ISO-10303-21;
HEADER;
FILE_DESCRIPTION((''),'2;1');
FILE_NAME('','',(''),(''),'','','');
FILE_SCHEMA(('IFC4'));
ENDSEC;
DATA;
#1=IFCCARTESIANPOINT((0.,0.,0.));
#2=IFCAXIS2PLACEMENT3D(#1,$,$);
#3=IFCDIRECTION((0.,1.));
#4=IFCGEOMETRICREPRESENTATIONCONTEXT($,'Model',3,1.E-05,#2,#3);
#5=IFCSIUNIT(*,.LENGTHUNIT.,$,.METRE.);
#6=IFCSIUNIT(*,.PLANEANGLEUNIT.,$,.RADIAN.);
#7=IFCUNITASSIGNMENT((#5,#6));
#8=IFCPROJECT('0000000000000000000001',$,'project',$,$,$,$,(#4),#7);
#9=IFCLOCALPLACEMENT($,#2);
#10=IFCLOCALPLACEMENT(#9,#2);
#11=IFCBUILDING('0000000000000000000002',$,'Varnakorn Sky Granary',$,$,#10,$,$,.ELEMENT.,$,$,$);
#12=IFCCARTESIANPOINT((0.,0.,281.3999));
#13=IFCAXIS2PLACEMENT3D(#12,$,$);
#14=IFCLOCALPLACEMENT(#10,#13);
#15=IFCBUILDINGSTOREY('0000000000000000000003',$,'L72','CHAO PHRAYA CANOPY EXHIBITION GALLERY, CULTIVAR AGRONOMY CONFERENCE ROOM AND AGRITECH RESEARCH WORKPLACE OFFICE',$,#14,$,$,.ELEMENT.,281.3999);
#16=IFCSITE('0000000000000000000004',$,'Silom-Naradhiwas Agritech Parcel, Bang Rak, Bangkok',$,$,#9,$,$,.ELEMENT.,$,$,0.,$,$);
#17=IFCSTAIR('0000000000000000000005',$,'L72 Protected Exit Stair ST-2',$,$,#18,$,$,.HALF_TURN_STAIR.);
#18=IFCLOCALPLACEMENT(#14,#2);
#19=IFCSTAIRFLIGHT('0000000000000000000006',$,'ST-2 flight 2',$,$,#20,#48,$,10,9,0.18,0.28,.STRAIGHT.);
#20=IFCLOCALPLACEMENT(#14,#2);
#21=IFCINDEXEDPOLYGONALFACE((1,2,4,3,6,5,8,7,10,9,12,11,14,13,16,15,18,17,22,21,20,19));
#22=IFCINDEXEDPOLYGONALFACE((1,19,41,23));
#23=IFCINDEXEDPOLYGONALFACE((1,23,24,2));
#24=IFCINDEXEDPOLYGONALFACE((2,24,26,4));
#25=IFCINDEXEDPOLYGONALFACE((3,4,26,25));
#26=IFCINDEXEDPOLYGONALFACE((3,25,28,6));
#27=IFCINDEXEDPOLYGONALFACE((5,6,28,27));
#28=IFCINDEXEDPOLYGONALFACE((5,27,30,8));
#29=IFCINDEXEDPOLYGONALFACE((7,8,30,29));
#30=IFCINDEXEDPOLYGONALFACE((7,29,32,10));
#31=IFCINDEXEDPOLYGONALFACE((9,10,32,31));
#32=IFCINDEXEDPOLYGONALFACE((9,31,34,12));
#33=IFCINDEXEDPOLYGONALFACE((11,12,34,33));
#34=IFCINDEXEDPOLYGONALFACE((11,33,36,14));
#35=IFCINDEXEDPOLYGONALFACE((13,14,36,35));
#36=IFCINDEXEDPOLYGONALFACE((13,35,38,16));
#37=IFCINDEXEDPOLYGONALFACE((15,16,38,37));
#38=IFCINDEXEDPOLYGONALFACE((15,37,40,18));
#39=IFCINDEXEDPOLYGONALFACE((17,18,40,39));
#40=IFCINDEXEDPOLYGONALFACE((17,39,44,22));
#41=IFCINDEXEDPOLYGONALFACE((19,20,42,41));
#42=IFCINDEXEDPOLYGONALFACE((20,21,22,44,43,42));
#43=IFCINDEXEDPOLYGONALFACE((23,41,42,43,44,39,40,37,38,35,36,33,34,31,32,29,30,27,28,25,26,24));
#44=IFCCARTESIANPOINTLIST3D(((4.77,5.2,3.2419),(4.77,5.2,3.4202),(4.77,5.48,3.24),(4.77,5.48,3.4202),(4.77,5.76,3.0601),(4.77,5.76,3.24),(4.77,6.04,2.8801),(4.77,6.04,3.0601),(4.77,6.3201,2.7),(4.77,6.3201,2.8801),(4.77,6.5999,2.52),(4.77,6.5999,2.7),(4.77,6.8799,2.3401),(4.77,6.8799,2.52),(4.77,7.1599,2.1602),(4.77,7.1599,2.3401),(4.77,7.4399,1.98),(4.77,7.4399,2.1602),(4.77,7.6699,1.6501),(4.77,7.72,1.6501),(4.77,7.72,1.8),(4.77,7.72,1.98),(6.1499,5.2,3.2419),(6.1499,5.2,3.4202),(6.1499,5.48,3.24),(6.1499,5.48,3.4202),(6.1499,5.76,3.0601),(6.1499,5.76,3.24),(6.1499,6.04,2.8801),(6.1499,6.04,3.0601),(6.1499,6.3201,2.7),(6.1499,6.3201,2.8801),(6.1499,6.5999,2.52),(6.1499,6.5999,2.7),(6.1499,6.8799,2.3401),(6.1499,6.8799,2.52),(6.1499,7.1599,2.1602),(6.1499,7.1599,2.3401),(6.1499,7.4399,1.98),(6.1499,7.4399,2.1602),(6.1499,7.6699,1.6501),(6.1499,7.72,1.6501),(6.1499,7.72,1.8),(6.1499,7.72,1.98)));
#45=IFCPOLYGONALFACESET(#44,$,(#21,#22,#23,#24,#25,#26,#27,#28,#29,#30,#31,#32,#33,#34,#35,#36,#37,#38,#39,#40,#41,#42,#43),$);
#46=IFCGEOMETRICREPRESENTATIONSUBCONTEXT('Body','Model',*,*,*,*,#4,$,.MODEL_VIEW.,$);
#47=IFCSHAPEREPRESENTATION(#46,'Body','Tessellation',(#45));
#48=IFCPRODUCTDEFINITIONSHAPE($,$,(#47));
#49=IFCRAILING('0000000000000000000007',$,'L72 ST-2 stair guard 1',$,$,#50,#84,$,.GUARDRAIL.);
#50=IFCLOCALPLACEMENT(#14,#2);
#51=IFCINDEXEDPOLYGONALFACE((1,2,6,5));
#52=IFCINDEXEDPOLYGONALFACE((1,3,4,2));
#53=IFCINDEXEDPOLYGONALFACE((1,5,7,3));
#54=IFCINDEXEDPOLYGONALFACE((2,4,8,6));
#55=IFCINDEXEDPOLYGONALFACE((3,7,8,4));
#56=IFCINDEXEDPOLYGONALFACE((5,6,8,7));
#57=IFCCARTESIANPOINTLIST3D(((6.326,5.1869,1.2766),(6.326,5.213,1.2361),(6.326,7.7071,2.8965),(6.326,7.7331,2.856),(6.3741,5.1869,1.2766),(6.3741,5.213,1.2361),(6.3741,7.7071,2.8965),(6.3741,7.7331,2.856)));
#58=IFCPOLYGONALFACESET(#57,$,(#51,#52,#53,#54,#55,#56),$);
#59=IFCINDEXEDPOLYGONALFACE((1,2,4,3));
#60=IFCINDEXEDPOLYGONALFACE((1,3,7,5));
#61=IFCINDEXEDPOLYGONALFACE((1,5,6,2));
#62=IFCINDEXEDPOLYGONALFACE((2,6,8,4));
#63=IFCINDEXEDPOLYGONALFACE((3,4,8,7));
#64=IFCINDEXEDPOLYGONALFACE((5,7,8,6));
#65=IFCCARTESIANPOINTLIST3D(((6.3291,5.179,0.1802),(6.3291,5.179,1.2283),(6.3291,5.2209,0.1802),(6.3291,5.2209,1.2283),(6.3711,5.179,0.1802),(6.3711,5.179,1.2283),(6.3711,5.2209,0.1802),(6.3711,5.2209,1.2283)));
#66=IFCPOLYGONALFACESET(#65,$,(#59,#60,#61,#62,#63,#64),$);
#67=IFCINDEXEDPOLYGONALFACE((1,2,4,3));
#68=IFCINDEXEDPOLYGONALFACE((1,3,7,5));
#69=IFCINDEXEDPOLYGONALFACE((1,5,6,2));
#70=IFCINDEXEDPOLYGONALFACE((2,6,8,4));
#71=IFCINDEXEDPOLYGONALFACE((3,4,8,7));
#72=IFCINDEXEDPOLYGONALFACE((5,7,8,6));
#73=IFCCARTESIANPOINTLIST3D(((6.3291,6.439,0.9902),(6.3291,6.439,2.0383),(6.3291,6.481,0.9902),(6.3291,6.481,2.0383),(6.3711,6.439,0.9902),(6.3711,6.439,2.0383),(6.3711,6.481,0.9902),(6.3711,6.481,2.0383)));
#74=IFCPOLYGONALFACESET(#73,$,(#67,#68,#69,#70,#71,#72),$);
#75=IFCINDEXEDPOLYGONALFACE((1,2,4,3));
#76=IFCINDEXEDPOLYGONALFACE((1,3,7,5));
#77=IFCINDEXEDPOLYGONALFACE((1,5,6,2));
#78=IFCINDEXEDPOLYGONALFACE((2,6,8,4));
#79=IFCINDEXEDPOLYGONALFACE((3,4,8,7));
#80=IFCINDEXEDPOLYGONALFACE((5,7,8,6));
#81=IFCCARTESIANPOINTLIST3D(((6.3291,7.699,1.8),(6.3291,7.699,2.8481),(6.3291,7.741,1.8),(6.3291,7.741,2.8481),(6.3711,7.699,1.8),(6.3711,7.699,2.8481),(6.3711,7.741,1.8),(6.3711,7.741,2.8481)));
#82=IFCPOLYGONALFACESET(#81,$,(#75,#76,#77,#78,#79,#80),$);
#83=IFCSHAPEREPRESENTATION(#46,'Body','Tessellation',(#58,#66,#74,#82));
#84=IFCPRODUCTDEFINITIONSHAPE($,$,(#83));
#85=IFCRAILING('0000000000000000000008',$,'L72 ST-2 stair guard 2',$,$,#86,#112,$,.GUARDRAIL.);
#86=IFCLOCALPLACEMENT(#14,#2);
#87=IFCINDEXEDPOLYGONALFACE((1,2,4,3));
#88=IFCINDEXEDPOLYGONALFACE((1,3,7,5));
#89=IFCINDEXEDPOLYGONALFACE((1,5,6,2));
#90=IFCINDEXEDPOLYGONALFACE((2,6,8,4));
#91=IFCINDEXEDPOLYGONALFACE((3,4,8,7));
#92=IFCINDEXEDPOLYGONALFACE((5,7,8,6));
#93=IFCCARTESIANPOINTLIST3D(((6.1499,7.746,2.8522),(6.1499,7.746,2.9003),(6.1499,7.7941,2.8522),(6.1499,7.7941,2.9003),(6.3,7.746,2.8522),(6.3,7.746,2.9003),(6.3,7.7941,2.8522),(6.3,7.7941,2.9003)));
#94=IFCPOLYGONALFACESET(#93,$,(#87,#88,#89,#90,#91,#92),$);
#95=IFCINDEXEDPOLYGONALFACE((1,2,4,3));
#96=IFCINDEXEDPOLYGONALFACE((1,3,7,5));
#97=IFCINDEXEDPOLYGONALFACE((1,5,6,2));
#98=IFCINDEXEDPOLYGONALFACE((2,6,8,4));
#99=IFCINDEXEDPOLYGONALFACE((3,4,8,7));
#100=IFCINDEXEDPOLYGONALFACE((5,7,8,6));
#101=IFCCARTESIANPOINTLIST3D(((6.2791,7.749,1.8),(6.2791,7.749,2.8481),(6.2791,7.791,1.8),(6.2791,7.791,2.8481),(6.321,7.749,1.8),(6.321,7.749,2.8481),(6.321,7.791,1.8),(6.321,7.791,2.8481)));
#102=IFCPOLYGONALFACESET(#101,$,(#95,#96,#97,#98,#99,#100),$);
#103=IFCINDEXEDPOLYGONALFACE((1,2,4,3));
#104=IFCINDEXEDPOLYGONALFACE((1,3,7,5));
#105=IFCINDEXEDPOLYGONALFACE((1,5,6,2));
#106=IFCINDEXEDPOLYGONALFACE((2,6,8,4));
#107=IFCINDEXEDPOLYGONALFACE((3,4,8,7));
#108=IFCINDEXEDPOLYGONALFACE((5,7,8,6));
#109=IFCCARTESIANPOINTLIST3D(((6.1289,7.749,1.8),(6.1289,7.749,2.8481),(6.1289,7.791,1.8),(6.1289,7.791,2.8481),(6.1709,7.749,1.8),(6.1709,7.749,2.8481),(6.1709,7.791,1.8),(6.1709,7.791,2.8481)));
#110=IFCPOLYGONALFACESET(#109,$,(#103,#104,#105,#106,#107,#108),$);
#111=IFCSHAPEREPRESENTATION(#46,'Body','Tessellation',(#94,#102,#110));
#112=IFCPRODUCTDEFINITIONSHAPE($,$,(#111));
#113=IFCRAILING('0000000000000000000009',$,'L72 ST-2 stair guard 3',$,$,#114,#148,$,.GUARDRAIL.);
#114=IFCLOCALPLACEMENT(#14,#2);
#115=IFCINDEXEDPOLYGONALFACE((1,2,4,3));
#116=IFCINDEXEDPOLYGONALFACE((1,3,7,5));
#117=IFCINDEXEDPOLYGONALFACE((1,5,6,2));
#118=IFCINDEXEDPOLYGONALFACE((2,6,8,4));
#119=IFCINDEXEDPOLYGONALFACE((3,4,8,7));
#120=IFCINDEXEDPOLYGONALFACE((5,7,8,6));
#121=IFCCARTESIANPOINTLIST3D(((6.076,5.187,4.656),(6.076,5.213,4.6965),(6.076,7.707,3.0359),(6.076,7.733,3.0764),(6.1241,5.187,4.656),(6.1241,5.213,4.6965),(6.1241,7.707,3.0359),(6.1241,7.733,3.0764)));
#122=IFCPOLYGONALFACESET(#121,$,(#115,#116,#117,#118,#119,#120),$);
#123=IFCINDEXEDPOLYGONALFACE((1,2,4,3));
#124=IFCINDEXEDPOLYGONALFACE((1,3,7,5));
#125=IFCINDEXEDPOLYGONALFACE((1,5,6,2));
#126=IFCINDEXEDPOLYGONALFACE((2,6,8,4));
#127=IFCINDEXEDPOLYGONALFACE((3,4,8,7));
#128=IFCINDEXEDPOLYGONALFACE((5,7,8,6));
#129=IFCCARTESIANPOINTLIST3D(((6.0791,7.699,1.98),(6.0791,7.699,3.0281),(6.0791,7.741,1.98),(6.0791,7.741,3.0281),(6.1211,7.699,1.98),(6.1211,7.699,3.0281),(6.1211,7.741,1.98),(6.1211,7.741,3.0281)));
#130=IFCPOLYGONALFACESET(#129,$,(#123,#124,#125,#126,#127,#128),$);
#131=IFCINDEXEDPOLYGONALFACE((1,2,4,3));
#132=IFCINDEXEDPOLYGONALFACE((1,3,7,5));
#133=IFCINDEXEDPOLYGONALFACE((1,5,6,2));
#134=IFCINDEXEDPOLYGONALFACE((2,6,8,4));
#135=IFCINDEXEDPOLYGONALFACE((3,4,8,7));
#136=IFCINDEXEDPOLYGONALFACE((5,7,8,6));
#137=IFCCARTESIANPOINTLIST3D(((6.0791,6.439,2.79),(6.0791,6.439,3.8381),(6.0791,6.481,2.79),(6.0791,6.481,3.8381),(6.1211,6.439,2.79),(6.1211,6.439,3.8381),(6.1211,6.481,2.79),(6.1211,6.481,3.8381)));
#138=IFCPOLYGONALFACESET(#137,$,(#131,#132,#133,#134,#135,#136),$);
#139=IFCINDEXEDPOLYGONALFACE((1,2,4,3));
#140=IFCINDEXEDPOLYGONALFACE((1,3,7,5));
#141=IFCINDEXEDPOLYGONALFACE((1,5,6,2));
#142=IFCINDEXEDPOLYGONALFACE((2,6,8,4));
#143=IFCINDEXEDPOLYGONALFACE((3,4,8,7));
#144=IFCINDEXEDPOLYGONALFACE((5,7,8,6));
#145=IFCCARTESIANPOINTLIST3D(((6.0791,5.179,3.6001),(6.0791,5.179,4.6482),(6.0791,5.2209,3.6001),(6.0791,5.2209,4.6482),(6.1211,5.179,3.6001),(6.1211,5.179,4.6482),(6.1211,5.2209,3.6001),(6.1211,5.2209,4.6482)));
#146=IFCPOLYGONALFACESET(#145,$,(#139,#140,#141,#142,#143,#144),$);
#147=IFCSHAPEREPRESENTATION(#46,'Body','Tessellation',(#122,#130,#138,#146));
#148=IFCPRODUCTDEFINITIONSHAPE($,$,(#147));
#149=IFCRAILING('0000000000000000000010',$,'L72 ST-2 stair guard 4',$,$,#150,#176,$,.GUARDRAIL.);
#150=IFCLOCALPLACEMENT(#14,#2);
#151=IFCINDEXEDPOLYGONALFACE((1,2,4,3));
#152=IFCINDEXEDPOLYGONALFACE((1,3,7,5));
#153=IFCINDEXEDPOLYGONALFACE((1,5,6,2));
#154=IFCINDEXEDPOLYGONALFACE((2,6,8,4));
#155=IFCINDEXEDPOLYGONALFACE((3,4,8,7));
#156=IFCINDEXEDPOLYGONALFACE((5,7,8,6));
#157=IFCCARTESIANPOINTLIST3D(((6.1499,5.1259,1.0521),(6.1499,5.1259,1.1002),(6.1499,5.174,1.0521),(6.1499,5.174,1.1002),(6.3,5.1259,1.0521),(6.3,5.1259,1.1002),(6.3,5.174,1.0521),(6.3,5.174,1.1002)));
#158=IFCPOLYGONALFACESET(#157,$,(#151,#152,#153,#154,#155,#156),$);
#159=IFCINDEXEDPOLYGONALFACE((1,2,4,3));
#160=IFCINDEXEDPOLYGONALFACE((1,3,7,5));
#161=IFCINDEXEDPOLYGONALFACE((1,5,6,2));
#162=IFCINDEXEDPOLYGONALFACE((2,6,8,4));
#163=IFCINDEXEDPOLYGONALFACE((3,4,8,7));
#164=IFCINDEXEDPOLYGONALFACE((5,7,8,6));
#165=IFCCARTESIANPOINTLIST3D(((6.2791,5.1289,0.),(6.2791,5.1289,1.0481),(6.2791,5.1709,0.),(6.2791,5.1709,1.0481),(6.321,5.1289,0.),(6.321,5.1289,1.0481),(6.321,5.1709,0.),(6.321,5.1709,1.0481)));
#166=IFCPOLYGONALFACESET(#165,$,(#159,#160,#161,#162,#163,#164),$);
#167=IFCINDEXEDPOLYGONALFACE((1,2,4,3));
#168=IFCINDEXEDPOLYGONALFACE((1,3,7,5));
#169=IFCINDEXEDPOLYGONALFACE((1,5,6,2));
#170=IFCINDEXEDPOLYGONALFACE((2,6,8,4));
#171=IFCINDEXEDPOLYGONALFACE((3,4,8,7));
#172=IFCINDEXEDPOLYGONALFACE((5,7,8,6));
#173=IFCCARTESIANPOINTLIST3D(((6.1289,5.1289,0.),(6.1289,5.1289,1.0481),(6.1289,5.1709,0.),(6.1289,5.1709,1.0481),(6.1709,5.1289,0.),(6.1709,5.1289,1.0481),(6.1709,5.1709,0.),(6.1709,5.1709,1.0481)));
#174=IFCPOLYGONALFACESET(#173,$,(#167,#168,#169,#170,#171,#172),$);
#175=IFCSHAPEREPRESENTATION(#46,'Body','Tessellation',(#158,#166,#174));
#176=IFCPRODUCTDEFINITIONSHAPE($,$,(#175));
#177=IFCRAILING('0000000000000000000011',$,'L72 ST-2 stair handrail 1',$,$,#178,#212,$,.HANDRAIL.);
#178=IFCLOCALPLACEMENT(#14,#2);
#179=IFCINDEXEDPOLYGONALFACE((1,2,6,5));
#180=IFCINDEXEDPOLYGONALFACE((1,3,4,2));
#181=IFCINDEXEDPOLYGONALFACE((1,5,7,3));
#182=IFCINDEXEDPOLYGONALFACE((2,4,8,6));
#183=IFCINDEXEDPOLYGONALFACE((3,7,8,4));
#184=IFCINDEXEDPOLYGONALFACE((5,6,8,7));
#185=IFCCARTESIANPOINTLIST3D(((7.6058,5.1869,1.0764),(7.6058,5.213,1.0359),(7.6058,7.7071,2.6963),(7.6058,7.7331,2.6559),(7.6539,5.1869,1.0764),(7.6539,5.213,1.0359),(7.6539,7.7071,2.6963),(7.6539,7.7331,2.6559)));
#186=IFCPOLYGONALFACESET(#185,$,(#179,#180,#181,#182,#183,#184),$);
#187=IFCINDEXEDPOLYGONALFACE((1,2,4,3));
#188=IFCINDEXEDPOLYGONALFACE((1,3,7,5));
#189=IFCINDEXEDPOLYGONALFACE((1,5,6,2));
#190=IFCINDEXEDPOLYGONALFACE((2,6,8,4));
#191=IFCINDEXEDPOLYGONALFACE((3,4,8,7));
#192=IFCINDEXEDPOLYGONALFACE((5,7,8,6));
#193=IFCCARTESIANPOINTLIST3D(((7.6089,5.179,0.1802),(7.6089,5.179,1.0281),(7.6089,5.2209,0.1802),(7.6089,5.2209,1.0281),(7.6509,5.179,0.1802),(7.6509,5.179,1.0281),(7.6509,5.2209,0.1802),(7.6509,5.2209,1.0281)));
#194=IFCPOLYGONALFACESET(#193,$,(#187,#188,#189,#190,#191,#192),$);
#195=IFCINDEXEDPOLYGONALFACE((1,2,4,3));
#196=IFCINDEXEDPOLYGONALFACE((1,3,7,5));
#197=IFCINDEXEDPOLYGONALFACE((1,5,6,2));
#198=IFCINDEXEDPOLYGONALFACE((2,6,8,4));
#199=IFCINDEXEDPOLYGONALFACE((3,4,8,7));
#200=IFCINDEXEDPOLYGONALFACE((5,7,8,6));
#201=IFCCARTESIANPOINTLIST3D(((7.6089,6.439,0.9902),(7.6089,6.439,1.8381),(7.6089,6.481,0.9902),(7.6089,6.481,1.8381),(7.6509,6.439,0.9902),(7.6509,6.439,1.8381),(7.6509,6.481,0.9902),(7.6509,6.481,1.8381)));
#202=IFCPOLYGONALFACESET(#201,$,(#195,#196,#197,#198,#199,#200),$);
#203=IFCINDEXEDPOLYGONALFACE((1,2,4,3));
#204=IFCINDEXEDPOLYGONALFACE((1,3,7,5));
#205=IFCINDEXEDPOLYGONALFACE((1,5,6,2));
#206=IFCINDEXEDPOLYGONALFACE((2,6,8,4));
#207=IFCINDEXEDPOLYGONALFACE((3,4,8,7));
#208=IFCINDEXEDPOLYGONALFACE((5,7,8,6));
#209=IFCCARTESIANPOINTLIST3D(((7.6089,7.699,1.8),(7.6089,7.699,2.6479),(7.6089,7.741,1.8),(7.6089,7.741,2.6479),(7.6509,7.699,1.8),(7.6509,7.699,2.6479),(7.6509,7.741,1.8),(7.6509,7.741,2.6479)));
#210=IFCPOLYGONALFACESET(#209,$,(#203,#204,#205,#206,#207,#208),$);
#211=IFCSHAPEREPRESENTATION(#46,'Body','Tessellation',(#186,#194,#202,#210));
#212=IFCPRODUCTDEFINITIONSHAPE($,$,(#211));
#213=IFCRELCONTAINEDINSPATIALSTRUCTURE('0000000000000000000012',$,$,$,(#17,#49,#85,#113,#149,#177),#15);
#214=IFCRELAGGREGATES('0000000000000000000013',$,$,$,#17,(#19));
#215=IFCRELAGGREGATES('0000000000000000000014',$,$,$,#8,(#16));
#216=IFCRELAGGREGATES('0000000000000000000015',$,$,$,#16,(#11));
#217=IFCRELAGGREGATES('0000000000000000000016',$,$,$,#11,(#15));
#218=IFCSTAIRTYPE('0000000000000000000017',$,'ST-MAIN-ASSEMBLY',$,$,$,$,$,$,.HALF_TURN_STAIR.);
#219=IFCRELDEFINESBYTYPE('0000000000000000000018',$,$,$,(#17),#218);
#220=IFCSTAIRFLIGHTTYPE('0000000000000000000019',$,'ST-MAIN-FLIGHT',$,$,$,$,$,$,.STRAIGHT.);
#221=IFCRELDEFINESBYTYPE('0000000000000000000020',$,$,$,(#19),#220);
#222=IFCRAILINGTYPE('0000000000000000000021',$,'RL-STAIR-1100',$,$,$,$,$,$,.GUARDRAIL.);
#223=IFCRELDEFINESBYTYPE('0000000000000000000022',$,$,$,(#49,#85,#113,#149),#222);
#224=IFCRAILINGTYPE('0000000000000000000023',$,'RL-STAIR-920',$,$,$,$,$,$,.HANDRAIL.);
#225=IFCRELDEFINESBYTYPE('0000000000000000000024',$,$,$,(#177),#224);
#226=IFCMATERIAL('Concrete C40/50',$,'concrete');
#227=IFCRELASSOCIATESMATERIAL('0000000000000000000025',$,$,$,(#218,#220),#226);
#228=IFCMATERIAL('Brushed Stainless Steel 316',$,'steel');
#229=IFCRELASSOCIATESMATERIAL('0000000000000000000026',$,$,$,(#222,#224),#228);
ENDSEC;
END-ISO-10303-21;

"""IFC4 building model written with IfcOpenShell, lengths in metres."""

from ifc_helpers import new_model, si_unit, direction, frame, origin, origin_2d, place, context, subcontext, project, spatial, polyline, rectangle, outline, extrude, material, type_object, element, aggregate, save


model = new_model("IFC4")

# Units and contexts
model_context = context("Model", 3, precision=1e-05, world=origin(), true_north=direction((0.0, 1.0)))
body_context = subcontext(model_context, "Body", "Model", "MODEL_VIEW")
ifc_project = project(units=[si_unit("LENGTHUNIT", "METRE"), si_unit("PLANEANGLEUNIT", "RADIAN")], contexts=[model_context])

# Site, building, storey
site_placement = place(None, origin())
site = spatial("IfcSite", under=ifc_project, at=site_placement, Name="Silom-Naradhiwas Agritech Parcel, Bang Rak, Bangkok", CompositionType="ELEMENT", RefElevation=0.0)
building_placement = place(site_placement, origin())
building = spatial("IfcBuilding", under=site, at=building_placement, Name="Varnakorn Sky Granary", CompositionType="ELEMENT")
storey_placement = place(building_placement, frame((0.0, 0.0, 281.3999)))
storey = spatial("IfcBuildingStorey", under=building, at=storey_placement, Name="L72", Description="CHAO PHRAYA CANOPY EXHIBITION GALLERY, CULTIVAR AGRONOMY CONFERENCE ROOM AND AGRITECH RESEARCH WORKPLACE OFFICE", CompositionType="ELEMENT", Elevation=281.3999)

# Stair, stair flight
ifc_material_1 = material(Name="Concrete C40/50", Category="concrete")
stair_type = type_object("IfcStairType", Name="ST-MAIN-ASSEMBLY", PredefinedType="HALF_TURN_STAIR", material=ifc_material_1)
stair_placement = place(storey_placement, origin())
stair = element("IfcStair", 1, at=stair_placement, inside=storey, type_object=stair_type, Name="L72 Protected Exit Stair ST-2", PredefinedType="HALF_TURN_STAIR")
stair_flight_type = type_object("IfcStairFlightType", Name="ST-MAIN-FLIGHT", PredefinedType="STRAIGHT", material=ifc_material_1)
stair_flight_1_placement = place(storey_placement, frame((5.46, 7.72, 1.8), z_axis=(0.0, 0.0, 1.0), x_axis=(0.0, -1.0, 0.0)))
stair_flight_1 = element("IfcStairFlight", 2, at=stair_flight_1_placement, type_object=stair_flight_type, Name="ST-2 flight 2", NumberOfRisers=10, NumberOfTreads=9, PredefinedType="STRAIGHT", RiserHeight=0.18, TreadLength=0.28, context=body_context, shape_type="SweptSolid", body=[
    extrude(outline(polyline([(0.0, -0.1499), (0.0, 0.0), (0.0, 0.1799), (0.28, 0.1799), (0.28, 0.3601), (0.5601, 0.3601), (0.5601, 0.54), (0.8401, 0.54), (0.8401, 0.72), (1.1201, 0.72), (1.1201, 0.8999), (1.3999, 0.8999), (1.3999, 1.0801), (1.6799, 1.0801), (1.6799, 1.26), (1.96, 1.26), (1.96, 1.4399), (2.24, 1.4399), (2.24, 1.6201), (2.52, 1.6201), (2.52, 1.8), (2.52, 1.4419), (0.05, -0.1499), (0.0, -0.1499)])), frame((0.0, 0.6899, 0.0), z_axis=(0.0, -1.0, 0.0), x_axis=(1.0, 0.0, 0.0)), (0.0, 0.0, 1.0), 1.3799),
])
aggregate(stair, [stair_flight_1])

# Railings
ifc_material_2 = material(Name="Brushed Stainless Steel 316", Category="steel")
railing_type_1 = type_object("IfcRailingType", Name="RL-STAIR-1100", PredefinedType="GUARDRAIL", material=ifc_material_2)
railing_1_placement = place(storey_placement, frame((6.3501, 5.2, 0.1802)))
element("IfcRailing", 3, at=railing_1_placement, inside=storey, type_object=railing_type_1, Name="L72 ST-2 stair guard 1", PredefinedType="GUARDRAIL", context=body_context, shape_type="SweptSolid", body=[
    extrude(rectangle(XDim=0.0481, YDim=0.0481, at=origin_2d()), frame((0.0, 0.0, 1.0762), z_axis=(0.0, 0.8412, 0.540725), x_axis=(-1.0, 0.0, 0.0)), (0.0, 0.0, 1.0), 2.9958),
    extrude(rectangle(XDim=0.042, YDim=0.042, at=origin_2d()), origin(), (0.0, 0.0, 1.0), 1.0481),
    extrude(rectangle(XDim=0.042, YDim=0.042, at=origin_2d()), frame((0.0, 1.26, 0.8101)), (0.0, 0.0, 1.0), 1.0481),
    extrude(rectangle(XDim=0.042, YDim=0.042, at=origin_2d()), frame((0.0, 2.52, 1.6199)), (0.0, 0.0, 1.0), 1.0481),
])
railing_2_placement = place(storey_placement, frame((6.3, 7.77, 1.8)))
element("IfcRailing", 4, at=railing_2_placement, inside=storey, type_object=railing_type_1, Name="L72 ST-2 stair guard 2", PredefinedType="GUARDRAIL", context=body_context, shape_type="SweptSolid", body=[
    extrude(rectangle(XDim=0.0481, YDim=0.0481, at=origin_2d()), frame((0.0, 0.0, 1.0762), z_axis=(-1.0, 0.0, 0.0), x_axis=(0.0, -1.0, 0.0)), (0.0, 0.0, 1.0), 0.1501),
    extrude(rectangle(XDim=0.042, YDim=0.042, at=origin_2d()), origin(), (0.0, 0.0, 1.0), 1.0481),
    extrude(rectangle(XDim=0.042, YDim=0.042, at=origin_2d()), frame((-0.1501, 0.0, 0.0)), (0.0, 0.0, 1.0), 1.0481),
])
railing_3_placement = place(storey_placement, frame((6.1001, 7.72, 1.98)))
element("IfcRailing", 5, at=railing_3_placement, inside=storey, type_object=railing_type_1, Name="L72 ST-2 stair guard 3", PredefinedType="GUARDRAIL", context=body_context, shape_type="SweptSolid", body=[
    extrude(rectangle(XDim=0.0481, YDim=0.0481, at=origin_2d()), frame((0.0, 0.0, 1.0762), z_axis=(0.0, -0.841163, 0.540782), x_axis=(1.0, 0.0, 0.0)), (0.0, 0.0, 1.0), 2.9958),
    extrude(rectangle(XDim=0.042, YDim=0.042, at=origin_2d()), origin(), (0.0, 0.0, 1.0), 1.0481),
    extrude(rectangle(XDim=0.042, YDim=0.042, at=origin_2d()), frame((0.0, -1.26, 0.8101)), (0.0, 0.0, 1.0), 1.0481),
    extrude(rectangle(XDim=0.042, YDim=0.042, at=origin_2d()), frame((0.0, -2.52, 1.6201)), (0.0, 0.0, 1.0), 1.0481),
])
railing_4_placement = place(storey_placement, frame((6.3, 5.1499, 0.0)))
element("IfcRailing", 6, at=railing_4_placement, inside=storey, type_object=railing_type_1, Name="L72 ST-2 stair guard 4", PredefinedType="GUARDRAIL", context=body_context, shape_type="SweptSolid", body=[
    extrude(rectangle(XDim=0.0481, YDim=0.0481, at=origin_2d()), frame((0.0, 0.0, 1.0762), z_axis=(-1.0, 0.0, 0.0), x_axis=(0.0, -1.0, 0.0)), (0.0, 0.0, 1.0), 0.1501),
    extrude(rectangle(XDim=0.042, YDim=0.042, at=origin_2d()), origin(), (0.0, 0.0, 1.0), 1.0481),
    extrude(rectangle(XDim=0.042, YDim=0.042, at=origin_2d()), frame((-0.1501, 0.0, 0.0)), (0.0, 0.0, 1.0), 1.0481),
])
railing_type_2 = type_object("IfcRailingType", Name="RL-STAIR-920", PredefinedType="HANDRAIL", material=ifc_material_2)
railing_5_placement = place(storey_placement, frame((7.6299, 5.2, 0.1802)))
element("IfcRailing", 7, at=railing_5_placement, inside=storey, type_object=railing_type_2, Name="L72 ST-2 stair handrail 1", PredefinedType="HANDRAIL", context=body_context, shape_type="SweptSolid", body=[
    extrude(rectangle(XDim=0.0481, YDim=0.0481, at=origin_2d()), frame((0.0, 0.0, 0.876), z_axis=(0.0, 0.8412, 0.540725), x_axis=(-1.0, 0.0, 0.0)), (0.0, 0.0, 1.0), 2.9958),
    extrude(rectangle(XDim=0.042, YDim=0.042, at=origin_2d()), origin(), (0.0, 0.0, 1.0), 0.8479),
    extrude(rectangle(XDim=0.042, YDim=0.042, at=origin_2d()), frame((0.0, 1.26, 0.8101)), (0.0, 0.0, 1.0), 0.8479),
    extrude(rectangle(XDim=0.042, YDim=0.042, at=origin_2d()), frame((0.0, 2.52, 1.6199)), (0.0, 0.0, 1.0), 0.8479),
])

save(model, "model.ifc")
